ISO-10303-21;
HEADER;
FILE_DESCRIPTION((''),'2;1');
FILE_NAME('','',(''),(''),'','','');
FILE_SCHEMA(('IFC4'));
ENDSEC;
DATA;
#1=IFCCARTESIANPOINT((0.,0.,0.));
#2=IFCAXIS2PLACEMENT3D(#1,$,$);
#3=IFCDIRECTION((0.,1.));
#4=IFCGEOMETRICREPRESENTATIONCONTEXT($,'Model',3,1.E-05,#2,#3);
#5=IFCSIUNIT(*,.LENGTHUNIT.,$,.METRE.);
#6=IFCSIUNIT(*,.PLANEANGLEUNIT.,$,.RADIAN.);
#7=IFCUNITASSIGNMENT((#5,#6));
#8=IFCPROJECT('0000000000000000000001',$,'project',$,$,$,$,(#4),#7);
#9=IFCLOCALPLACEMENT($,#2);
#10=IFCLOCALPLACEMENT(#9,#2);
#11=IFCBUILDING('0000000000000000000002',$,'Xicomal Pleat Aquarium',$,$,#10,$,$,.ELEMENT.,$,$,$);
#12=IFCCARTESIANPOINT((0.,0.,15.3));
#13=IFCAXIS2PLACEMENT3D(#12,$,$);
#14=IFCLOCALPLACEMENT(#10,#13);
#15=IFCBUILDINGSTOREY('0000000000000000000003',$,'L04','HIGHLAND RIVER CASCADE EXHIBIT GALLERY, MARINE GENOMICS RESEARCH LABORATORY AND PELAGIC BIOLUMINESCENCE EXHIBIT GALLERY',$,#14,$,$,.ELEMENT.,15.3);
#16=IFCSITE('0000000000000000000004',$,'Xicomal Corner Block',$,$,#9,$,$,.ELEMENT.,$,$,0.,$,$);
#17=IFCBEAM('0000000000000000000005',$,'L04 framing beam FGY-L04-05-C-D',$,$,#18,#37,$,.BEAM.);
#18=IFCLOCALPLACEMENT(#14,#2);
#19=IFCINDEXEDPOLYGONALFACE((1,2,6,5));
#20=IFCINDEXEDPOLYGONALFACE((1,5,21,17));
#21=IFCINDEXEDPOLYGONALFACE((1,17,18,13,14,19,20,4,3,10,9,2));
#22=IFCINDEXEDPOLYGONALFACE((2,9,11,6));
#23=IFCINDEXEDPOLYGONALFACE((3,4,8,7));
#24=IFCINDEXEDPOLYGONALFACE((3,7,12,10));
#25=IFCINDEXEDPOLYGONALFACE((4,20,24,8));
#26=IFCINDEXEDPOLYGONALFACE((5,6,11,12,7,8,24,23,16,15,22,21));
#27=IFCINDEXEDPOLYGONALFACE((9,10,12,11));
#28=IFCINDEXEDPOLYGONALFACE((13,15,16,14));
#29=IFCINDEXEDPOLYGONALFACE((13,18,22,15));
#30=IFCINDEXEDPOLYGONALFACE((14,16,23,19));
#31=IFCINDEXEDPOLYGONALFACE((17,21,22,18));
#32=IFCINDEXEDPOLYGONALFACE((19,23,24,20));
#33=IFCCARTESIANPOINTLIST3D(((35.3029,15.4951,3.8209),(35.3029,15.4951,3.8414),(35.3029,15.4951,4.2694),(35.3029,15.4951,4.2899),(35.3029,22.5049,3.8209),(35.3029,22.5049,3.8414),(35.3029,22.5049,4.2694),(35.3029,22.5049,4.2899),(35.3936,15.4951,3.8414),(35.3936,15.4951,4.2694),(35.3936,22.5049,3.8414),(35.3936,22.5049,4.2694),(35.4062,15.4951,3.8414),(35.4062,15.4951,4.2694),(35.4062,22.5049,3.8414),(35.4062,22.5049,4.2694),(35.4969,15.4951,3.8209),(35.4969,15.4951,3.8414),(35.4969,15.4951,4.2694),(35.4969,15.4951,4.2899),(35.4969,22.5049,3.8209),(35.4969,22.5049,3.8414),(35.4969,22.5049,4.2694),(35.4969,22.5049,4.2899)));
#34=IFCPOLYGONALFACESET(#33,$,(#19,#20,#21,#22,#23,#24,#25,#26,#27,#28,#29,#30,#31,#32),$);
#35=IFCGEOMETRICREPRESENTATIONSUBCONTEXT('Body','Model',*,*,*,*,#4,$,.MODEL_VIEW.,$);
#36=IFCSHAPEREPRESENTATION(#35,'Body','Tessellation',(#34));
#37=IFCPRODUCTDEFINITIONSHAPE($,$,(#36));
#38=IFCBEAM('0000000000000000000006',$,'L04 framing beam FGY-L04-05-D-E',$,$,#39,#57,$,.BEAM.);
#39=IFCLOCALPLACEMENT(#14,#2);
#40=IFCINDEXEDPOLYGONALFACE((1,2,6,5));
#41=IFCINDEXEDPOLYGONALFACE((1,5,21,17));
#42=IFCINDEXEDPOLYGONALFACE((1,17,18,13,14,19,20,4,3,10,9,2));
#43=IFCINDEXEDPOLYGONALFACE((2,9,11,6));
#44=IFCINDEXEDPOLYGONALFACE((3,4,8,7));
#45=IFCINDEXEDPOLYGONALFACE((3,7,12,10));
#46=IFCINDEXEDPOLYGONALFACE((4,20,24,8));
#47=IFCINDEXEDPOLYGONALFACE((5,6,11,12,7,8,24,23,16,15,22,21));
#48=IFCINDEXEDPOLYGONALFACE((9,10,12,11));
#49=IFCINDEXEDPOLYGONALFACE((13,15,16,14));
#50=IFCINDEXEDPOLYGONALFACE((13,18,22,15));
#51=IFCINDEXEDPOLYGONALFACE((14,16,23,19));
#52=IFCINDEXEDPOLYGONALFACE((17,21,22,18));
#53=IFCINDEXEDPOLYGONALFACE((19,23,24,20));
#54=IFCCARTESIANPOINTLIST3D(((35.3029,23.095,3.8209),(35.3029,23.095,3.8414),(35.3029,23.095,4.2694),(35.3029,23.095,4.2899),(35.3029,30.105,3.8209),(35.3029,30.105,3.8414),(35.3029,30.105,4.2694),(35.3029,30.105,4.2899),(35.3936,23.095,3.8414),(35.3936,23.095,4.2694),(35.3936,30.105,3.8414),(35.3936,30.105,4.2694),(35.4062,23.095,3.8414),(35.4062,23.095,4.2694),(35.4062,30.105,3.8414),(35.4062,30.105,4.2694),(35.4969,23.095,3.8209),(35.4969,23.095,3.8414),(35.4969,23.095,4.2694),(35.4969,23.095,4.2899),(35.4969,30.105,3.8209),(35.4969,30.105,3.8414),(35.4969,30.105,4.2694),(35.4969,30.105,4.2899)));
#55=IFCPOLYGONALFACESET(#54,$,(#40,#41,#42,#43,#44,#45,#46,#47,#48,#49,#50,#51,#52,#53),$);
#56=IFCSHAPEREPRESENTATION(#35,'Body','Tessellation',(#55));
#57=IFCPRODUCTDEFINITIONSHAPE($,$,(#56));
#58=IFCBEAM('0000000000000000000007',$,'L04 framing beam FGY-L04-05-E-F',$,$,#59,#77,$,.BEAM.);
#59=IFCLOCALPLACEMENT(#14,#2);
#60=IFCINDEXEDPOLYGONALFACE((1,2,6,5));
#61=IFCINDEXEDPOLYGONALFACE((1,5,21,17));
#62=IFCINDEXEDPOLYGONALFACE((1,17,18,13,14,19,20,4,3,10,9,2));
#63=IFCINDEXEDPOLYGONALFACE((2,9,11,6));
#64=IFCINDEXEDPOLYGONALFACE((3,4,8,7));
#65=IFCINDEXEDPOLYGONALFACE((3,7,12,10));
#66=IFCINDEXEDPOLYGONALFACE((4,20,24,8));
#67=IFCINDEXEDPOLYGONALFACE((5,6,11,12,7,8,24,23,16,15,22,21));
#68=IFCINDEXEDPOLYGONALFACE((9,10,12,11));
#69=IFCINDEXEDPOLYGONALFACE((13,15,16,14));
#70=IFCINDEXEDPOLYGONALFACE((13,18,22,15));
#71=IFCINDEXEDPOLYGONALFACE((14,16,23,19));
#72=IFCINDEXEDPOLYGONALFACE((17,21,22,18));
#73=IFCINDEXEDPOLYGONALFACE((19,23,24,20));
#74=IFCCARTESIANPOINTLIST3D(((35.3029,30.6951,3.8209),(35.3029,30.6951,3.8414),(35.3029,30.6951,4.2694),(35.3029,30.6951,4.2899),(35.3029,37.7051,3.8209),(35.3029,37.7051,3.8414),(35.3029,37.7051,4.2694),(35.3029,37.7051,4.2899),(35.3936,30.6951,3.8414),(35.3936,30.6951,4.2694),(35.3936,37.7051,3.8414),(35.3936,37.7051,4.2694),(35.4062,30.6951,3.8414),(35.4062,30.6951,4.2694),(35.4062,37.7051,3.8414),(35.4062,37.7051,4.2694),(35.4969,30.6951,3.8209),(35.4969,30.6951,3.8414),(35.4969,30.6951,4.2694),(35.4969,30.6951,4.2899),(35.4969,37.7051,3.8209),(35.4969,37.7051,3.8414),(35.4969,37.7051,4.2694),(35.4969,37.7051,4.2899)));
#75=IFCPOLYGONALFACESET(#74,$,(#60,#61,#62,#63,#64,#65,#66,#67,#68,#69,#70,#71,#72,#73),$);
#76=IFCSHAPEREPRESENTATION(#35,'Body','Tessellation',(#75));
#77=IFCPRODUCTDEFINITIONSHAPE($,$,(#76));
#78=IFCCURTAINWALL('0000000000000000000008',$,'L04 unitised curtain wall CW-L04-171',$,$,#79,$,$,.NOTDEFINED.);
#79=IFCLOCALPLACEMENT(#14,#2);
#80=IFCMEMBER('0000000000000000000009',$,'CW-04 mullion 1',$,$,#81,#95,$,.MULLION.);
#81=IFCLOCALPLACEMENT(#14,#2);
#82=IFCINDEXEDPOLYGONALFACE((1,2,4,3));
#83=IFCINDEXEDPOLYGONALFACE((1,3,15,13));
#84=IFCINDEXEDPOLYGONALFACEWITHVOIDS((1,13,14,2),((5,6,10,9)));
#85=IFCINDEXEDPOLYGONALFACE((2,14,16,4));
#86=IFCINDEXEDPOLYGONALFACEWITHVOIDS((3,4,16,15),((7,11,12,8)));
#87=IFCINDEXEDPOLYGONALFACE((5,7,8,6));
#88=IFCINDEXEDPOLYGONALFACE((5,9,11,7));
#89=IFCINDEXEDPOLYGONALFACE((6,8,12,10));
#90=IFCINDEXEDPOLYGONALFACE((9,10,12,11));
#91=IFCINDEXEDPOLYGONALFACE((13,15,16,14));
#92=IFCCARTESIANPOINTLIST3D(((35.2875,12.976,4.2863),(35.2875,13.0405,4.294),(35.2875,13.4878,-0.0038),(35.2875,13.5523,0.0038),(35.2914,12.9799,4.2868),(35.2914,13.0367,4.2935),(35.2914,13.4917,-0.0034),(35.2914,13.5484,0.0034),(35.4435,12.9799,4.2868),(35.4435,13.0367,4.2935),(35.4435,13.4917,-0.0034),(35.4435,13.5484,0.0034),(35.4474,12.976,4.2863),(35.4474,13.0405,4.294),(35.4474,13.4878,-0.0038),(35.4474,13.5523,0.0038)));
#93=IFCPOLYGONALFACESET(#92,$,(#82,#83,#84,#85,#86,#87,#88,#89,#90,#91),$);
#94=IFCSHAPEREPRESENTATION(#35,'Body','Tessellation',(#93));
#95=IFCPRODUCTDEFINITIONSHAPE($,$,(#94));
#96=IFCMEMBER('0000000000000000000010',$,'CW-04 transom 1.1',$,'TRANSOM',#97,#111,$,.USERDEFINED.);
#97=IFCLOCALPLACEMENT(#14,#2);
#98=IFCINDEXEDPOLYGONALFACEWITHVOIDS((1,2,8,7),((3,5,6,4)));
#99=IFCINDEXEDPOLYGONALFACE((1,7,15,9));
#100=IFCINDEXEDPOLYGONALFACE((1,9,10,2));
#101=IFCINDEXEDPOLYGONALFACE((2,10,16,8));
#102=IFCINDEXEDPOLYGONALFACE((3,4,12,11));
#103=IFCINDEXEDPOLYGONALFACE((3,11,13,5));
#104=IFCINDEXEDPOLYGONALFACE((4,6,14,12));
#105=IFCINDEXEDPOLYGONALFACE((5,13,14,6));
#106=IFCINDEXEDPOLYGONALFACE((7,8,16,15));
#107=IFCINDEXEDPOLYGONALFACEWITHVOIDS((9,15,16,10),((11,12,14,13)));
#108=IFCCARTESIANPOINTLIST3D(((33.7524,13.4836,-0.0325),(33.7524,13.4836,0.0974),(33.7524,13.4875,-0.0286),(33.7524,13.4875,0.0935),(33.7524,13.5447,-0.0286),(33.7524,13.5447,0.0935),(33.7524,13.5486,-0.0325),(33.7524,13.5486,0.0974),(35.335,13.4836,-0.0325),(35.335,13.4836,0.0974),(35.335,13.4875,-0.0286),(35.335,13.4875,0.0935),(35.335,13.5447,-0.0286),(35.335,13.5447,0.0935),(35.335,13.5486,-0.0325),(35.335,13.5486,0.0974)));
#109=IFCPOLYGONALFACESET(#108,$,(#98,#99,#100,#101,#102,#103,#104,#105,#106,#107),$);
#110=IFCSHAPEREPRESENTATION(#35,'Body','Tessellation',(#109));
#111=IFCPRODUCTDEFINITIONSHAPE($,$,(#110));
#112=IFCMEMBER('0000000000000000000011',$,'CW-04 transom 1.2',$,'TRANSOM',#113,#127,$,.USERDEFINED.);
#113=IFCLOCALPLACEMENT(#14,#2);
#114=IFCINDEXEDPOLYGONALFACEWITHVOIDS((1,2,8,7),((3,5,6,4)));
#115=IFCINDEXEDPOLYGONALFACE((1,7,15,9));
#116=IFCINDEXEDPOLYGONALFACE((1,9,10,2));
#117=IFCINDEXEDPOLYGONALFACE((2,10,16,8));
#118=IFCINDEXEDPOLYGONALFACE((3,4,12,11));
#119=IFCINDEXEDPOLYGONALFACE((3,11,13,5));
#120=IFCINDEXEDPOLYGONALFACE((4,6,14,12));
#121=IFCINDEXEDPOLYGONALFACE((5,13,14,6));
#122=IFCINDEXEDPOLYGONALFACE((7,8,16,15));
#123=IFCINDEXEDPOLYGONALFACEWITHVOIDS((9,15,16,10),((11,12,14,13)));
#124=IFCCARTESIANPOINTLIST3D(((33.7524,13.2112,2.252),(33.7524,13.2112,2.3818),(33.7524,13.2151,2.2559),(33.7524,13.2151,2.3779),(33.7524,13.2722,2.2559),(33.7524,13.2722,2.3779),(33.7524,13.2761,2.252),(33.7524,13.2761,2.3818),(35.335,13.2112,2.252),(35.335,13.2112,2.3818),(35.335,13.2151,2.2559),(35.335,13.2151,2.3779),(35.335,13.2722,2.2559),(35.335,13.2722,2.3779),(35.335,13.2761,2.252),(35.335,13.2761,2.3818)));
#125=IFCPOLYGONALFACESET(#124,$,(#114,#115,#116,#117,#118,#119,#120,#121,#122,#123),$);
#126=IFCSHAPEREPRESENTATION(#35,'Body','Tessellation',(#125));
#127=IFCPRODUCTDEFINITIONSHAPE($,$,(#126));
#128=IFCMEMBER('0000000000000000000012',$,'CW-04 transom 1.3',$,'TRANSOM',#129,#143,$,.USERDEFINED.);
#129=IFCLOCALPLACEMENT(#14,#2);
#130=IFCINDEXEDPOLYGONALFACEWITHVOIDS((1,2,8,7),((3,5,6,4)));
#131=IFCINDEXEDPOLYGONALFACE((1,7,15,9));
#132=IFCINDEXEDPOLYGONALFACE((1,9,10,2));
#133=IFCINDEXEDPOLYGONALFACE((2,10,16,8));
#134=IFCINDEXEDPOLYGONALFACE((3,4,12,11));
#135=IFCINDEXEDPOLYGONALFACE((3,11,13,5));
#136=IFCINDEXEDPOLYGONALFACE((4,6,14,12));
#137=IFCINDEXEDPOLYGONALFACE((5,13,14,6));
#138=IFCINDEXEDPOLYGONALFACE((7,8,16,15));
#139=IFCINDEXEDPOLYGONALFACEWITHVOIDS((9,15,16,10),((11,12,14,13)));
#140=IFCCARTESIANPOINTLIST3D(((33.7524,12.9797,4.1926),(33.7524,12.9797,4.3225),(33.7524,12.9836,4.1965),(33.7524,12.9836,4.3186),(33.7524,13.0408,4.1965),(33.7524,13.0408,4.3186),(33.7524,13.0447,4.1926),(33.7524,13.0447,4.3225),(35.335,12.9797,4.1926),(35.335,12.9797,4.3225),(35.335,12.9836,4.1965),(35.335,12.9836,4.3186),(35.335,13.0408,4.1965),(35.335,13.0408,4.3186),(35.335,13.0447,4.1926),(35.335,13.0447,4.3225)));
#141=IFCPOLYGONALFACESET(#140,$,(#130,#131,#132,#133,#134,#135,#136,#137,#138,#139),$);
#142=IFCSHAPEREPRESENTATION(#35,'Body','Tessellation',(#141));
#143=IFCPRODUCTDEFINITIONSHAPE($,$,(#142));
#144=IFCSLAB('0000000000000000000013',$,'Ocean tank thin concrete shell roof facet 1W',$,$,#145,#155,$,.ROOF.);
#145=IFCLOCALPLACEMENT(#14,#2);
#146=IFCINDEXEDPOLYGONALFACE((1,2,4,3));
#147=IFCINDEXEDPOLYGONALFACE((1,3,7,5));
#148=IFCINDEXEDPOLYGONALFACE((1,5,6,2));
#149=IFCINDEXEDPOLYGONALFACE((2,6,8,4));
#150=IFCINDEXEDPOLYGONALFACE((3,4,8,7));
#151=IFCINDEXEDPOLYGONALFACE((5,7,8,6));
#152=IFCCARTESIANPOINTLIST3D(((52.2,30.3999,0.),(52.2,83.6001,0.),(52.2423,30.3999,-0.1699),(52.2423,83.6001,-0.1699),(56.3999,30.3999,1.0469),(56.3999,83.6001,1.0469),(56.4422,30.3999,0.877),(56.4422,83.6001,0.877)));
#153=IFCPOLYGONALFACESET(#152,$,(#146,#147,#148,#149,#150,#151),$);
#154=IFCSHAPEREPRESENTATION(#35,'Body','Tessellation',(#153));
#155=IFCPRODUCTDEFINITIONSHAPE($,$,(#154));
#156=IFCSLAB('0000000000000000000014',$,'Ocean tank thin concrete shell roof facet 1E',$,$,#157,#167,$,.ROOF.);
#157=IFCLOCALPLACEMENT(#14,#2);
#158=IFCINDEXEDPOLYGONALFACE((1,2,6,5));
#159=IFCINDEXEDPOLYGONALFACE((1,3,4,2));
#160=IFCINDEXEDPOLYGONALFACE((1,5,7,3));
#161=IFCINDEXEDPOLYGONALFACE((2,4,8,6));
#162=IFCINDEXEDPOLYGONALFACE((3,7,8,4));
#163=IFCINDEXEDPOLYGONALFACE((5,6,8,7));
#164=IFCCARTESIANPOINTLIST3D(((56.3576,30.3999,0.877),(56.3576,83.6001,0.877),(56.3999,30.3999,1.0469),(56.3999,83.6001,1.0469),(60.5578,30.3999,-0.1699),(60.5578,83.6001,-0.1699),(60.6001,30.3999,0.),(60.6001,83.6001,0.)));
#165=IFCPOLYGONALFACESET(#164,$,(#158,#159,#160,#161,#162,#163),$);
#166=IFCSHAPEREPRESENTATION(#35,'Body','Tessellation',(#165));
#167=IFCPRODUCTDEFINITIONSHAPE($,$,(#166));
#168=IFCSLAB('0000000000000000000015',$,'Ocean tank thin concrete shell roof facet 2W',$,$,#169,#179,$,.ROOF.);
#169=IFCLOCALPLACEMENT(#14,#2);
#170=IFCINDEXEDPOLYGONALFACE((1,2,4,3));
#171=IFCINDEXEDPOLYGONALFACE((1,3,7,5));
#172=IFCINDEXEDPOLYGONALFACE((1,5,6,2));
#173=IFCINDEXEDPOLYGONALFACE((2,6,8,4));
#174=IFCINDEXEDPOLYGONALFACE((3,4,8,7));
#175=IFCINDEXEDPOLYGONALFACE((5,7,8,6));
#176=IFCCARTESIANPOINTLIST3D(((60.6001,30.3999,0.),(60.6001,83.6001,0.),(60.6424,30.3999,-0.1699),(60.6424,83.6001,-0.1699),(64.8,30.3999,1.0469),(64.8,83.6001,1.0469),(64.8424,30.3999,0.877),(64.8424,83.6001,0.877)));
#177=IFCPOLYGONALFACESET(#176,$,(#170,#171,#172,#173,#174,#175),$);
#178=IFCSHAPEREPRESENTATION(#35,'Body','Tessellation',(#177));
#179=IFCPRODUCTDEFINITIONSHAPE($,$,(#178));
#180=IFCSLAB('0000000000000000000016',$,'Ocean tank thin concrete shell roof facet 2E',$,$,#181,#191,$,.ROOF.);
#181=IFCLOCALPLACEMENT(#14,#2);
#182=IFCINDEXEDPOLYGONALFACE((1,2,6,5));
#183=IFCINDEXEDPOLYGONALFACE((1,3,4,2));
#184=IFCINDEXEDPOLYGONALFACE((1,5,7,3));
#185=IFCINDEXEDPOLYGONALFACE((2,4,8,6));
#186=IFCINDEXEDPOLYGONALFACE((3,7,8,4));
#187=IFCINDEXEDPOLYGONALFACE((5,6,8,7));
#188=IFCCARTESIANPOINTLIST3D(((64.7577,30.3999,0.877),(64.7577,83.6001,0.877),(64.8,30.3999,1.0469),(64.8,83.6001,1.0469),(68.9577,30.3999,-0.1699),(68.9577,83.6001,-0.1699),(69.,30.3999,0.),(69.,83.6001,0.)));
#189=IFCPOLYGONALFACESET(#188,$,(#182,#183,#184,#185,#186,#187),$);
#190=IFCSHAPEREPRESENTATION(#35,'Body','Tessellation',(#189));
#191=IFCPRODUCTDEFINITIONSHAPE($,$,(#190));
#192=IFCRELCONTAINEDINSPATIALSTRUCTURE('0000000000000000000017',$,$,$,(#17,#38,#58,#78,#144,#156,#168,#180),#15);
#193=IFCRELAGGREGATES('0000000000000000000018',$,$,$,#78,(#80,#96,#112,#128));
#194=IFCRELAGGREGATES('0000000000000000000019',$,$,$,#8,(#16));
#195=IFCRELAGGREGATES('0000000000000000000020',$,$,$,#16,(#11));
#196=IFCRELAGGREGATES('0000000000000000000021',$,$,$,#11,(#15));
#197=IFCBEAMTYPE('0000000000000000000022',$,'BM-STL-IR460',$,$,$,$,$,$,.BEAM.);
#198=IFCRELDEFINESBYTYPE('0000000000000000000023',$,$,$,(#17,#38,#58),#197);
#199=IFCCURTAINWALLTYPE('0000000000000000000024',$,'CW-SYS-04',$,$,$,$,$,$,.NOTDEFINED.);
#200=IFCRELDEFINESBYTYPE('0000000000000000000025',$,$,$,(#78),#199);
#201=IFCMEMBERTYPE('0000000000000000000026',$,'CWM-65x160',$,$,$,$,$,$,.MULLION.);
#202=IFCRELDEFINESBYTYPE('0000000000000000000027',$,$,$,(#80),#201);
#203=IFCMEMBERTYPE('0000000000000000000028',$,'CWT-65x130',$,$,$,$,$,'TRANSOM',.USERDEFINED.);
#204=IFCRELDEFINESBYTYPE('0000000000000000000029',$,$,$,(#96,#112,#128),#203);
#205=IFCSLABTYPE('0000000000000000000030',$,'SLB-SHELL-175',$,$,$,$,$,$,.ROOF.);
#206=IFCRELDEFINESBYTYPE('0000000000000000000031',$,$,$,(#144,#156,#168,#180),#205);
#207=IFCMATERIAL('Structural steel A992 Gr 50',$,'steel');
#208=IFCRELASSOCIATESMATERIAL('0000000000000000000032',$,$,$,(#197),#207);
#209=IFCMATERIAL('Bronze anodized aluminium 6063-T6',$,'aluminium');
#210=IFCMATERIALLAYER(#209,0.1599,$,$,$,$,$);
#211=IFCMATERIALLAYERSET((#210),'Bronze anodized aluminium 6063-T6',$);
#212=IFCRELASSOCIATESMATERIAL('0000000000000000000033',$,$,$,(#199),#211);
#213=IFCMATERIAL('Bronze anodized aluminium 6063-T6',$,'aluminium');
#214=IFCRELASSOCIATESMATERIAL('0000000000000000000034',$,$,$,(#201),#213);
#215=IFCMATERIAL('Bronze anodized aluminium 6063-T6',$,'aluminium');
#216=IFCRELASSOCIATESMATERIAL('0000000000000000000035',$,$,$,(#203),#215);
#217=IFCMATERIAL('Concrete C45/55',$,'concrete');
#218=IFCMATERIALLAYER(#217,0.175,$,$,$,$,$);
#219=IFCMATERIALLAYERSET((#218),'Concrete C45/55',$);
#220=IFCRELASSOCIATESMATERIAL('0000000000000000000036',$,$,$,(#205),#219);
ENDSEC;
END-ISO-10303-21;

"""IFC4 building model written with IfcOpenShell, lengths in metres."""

from ifc_helpers import new_model, si_unit, direction, frame, origin, origin_2d, place, context, subcontext, project, spatial, polyline, hollow_rectangle, i_section, outline, extrude, material, layer, layer_set, material_profile, profile_set, type_object, element, aggregate, save


model = new_model("IFC4")

# Units and contexts
model_context = context("Model", 3, precision=1e-05, world=origin(), true_north=direction((0.0, 1.0)))
body_context = subcontext(model_context, "Body", "Model", "MODEL_VIEW")
ifc_project = project(units=[si_unit("LENGTHUNIT", "METRE"), si_unit("PLANEANGLEUNIT", "RADIAN")], contexts=[model_context])

# Site, building, storey
site_placement = place(None, origin())
site = spatial("IfcSite", under=ifc_project, at=site_placement, Name="Xicomal Corner Block", CompositionType="ELEMENT", RefElevation=0.0)
building_placement = place(site_placement, origin())
building = spatial("IfcBuilding", under=site, at=building_placement, Name="Xicomal Pleat Aquarium", CompositionType="ELEMENT")
storey_placement = place(building_placement, frame((0.0, 0.0, 15.3)))
storey = spatial("IfcBuildingStorey", under=building, at=storey_placement, Name="L04", Description="HIGHLAND RIVER CASCADE EXHIBIT GALLERY, MARINE GENOMICS RESEARCH LABORATORY AND PELAGIC BIOLUMINESCENCE EXHIBIT GALLERY", CompositionType="ELEMENT", Elevation=15.3)

# Beams
ifc_material_1 = material(Name="Structural steel A992 Gr 50", Category="steel")
ifc_material_profile_1 = material_profile(ifc_material_1, i_section(OverallWidth=0.1941, OverallDepth=0.469, WebThickness=0.0127, FlangeThickness=0.0205, at=origin_2d()), Name="IR 460x106")
ifc_profile_set_1 = profile_set([ifc_material_profile_1], Name="Structural steel A992 Gr 50")
beam_type = type_object("IfcBeamType", Name="BM-STL-IR460", PredefinedType="BEAM", material=ifc_profile_set_1)
beam_placement = place(storey_placement, frame((35.3999, 15.4951, 4.0554), z_axis=(0.0, 1.0, 0.0), x_axis=(-1.0, 0.0, 0.0)))
element("IfcBeam", 1, at=beam_placement, inside=storey, type_object=beam_type, Name="L04 framing beam FGY-L04-05-C-D", PredefinedType="BEAM", context=body_context, shape_type="SweptSolid", body=[
    extrude(i_section(OverallWidth=0.1941, OverallDepth=0.469, WebThickness=0.0127, FlangeThickness=0.0205, at=origin_2d()), origin(), (0.0, 0.0, 1.0), 7.0098),
])
for number, where, z_axis, x_axis, name in (
    (2, (35.3999, 23.095, 4.0554), (0.0, 1.0, 0.0), (-1.0, 0.0, 0.0), "L04 framing beam FGY-L04-05-D-E"),
    (3, (35.3999, 30.6951, 4.0554), (0.0, 1.0, 0.0), (-1.0, 0.0, 0.0), "L04 framing beam FGY-L04-05-E-F"),
):
    element("IfcBeam", number, at=place(storey_placement, frame(where, z_axis=z_axis, x_axis=x_axis)), inside=storey, type_object=beam_type, Name=name, PredefinedType="BEAM", context=body_context, shape_type="SweptSolid", body=[
        extrude(i_section(OverallWidth=0.1941, OverallDepth=0.469, WebThickness=0.0127, FlangeThickness=0.0205, at=origin_2d()), origin(), (0.0, 0.0, 1.0), 7.01),
    ])

# Curtain wall, members
ifc_material_2 = material(Name="Bronze anodized aluminium 6063-T6", Category="aluminium")
ifc_layer_1 = layer(ifc_material_2, 0.1599)
ifc_layer_set_1 = layer_set([ifc_layer_1], Name="Bronze anodized aluminium 6063-T6")
curtain_wall_type = type_object("IfcCurtainWallType", Name="CW-SYS-04", PredefinedType="NOTDEFINED", material=ifc_layer_set_1)
curtain_wall_placement = place(storey_placement, origin())
curtain_wall = element("IfcCurtainWall", 4, at=curtain_wall_placement, inside=storey, type_object=curtain_wall_type, Name="L04 unitised curtain wall CW-L04-171", PredefinedType="NOTDEFINED")
ifc_material_3 = material(Name="Bronze anodized aluminium 6063-T6", Category="aluminium")
ifc_material_profile_2 = material_profile(ifc_material_3, hollow_rectangle(XDim=0.0649, YDim=0.1599, WallThickness=0.0039, at=origin_2d()), Name="ALU MULL 65x160")
ifc_profile_set_2 = profile_set([ifc_material_profile_2], Name="Bronze anodized aluminium 6063-T6")
member_type_1 = type_object("IfcMemberType", Name="CWM-65x160", PredefinedType="MULLION", material=ifc_profile_set_2)
member_1_placement = place(storey_placement, frame((35.3674, 13.52, 0.0), z_axis=(0.0, -0.118441, 0.992961), x_axis=(0.0, -0.992961, -0.118441)))
member_1 = element("IfcMember", 5, at=member_1_placement, type_object=member_type_1, Name="CW-04 mullion 1", PredefinedType="MULLION", context=body_context, shape_type="SweptSolid", body=[
    extrude(hollow_rectangle(XDim=0.0649, YDim=0.1599, WallThickness=0.0039, at=origin_2d()), origin(), (0.0, 0.0, 1.0), 4.3206),
])
ifc_material_4 = material(Name="Bronze anodized aluminium 6063-T6", Category="aluminium")
ifc_material_profile_3 = material_profile(ifc_material_4, hollow_rectangle(XDim=0.0649, YDim=0.1299, WallThickness=0.0039, at=origin_2d()), Name="ALU TRAN 65x130")
ifc_profile_set_3 = profile_set([ifc_material_profile_3], Name="Bronze anodized aluminium 6063-T6")
member_type_2 = type_object("IfcMemberType", Name="CWT-65x130", ElementType="TRANSOM", PredefinedType="USERDEFINED", material=ifc_profile_set_3)
member_2_placement = place(storey_placement, frame((35.335, 13.5161, 0.0325), z_axis=(-1.0, 0.0, 0.0), x_axis=(0.0, -1.0, 0.0)))
member_2 = element("IfcMember", 6, at=member_2_placement, type_object=member_type_2, Name="CW-04 transom 1.1", ObjectType="TRANSOM", PredefinedType="USERDEFINED", context=body_context, shape_type="SweptSolid", body=[
    extrude(hollow_rectangle(XDim=0.0649, YDim=0.1299, WallThickness=0.0039, at=origin_2d()), origin(), (0.0, 0.0, 1.0), 1.5825),
])
member_3_placement = place(storey_placement, frame((35.335, 13.2437, 2.3169), z_axis=(-1.0, 0.0, 0.0), x_axis=(0.0, -1.0, 0.0)))
member_3 = element("IfcMember", 7, at=member_3_placement, type_object=member_type_2, Name="CW-04 transom 1.2", ObjectType="TRANSOM", PredefinedType="USERDEFINED", context=body_context, shape_type="SweptSolid", body=[
    extrude(hollow_rectangle(XDim=0.0649, YDim=0.1299, WallThickness=0.0039, at=origin_2d()), origin(), (0.0, 0.0, 1.0), 1.5825),
])
member_4_placement = place(storey_placement, frame((35.335, 13.0122, 4.2576), z_axis=(-1.0, 0.0, 0.0), x_axis=(0.0, -1.0, 0.0)))
member_4 = element("IfcMember", 8, at=member_4_placement, type_object=member_type_2, Name="CW-04 transom 1.3", ObjectType="TRANSOM", PredefinedType="USERDEFINED", context=body_context, shape_type="SweptSolid", body=[
    extrude(hollow_rectangle(XDim=0.0649, YDim=0.1299, WallThickness=0.0039, at=origin_2d()), origin(), (0.0, 0.0, 1.0), 1.5825),
])
aggregate(curtain_wall, [member_1, member_2, member_3, member_4])

# Slabs
ifc_material_5 = material(Name="Concrete C45/55", Category="concrete")
ifc_layer_2 = layer(ifc_material_5, 0.175)
ifc_layer_set_2 = layer_set([ifc_layer_2], Name="Concrete C45/55")
slab_type = type_object("IfcSlabType", Name="SLB-SHELL-175", PredefinedType="ROOF", material=ifc_layer_set_2)
slab_1_placement = place(storey_placement, frame((52.2, 30.3999, 0.0), z_axis=(-0.241859, 0.0, 0.970311), x_axis=(0.970311, 0.0, 0.241859)))
element("IfcSlab", 9, at=slab_1_placement, inside=storey, type_object=slab_type, Name="Ocean tank thin concrete shell roof facet 1W", PredefinedType="ROOF", context=body_context, shape_type="SweptSolid", body=[
    extrude(outline(polyline([(0.0, 0.0), (4.3285, 0.0), (4.3285, 53.2002), (0.0, 53.2002), (0.0, 0.0)])), origin(), (0.0, 0.0, -1.0), 0.175),
])
slab_2_placement = place(storey_placement, frame((56.3999, 30.3999, 1.0469), z_axis=(0.241845, 0.0, 0.970315), x_axis=(0.970315, 0.0, -0.241845)))
element("IfcSlab", 10, at=slab_2_placement, inside=storey, type_object=slab_type, Name="Ocean tank thin concrete shell roof facet 1E", PredefinedType="ROOF", context=body_context, shape_type="SweptSolid", body=[
    extrude(outline(polyline([(0.0, 0.0), (4.3287, 0.0), (4.3287, 53.2002), (0.0, 53.2002), (0.0, 0.0)])), origin(), (0.0, 0.0, -1.0), 0.175),
])
for number, where, z_axis, x_axis, name in (
    (11, (60.6001, 30.3999, 0.0), (-0.241859, 0.0, 0.970311), (0.970311, 0.0, 0.241859), "Ocean tank thin concrete shell roof facet 2W"),
    (12, (64.8, 30.3999, 1.0469), (0.241859, 0.0, 0.970311), (0.970311, 0.0, -0.241859), "Ocean tank thin concrete shell roof facet 2E"),
):
    element("IfcSlab", number, at=place(storey_placement, frame(where, z_axis=z_axis, x_axis=x_axis)), inside=storey, type_object=slab_type, Name=name, PredefinedType="ROOF", context=body_context, shape_type="SweptSolid", body=[
        extrude(outline(polyline([(0.0, 0.0), (4.3285, 0.0), (4.3285, 53.2002), (0.0, 53.2002), (0.0, 0.0)])), origin(), (0.0, 0.0, -1.0), 0.175),
    ])

save(model, "model.ifc")
